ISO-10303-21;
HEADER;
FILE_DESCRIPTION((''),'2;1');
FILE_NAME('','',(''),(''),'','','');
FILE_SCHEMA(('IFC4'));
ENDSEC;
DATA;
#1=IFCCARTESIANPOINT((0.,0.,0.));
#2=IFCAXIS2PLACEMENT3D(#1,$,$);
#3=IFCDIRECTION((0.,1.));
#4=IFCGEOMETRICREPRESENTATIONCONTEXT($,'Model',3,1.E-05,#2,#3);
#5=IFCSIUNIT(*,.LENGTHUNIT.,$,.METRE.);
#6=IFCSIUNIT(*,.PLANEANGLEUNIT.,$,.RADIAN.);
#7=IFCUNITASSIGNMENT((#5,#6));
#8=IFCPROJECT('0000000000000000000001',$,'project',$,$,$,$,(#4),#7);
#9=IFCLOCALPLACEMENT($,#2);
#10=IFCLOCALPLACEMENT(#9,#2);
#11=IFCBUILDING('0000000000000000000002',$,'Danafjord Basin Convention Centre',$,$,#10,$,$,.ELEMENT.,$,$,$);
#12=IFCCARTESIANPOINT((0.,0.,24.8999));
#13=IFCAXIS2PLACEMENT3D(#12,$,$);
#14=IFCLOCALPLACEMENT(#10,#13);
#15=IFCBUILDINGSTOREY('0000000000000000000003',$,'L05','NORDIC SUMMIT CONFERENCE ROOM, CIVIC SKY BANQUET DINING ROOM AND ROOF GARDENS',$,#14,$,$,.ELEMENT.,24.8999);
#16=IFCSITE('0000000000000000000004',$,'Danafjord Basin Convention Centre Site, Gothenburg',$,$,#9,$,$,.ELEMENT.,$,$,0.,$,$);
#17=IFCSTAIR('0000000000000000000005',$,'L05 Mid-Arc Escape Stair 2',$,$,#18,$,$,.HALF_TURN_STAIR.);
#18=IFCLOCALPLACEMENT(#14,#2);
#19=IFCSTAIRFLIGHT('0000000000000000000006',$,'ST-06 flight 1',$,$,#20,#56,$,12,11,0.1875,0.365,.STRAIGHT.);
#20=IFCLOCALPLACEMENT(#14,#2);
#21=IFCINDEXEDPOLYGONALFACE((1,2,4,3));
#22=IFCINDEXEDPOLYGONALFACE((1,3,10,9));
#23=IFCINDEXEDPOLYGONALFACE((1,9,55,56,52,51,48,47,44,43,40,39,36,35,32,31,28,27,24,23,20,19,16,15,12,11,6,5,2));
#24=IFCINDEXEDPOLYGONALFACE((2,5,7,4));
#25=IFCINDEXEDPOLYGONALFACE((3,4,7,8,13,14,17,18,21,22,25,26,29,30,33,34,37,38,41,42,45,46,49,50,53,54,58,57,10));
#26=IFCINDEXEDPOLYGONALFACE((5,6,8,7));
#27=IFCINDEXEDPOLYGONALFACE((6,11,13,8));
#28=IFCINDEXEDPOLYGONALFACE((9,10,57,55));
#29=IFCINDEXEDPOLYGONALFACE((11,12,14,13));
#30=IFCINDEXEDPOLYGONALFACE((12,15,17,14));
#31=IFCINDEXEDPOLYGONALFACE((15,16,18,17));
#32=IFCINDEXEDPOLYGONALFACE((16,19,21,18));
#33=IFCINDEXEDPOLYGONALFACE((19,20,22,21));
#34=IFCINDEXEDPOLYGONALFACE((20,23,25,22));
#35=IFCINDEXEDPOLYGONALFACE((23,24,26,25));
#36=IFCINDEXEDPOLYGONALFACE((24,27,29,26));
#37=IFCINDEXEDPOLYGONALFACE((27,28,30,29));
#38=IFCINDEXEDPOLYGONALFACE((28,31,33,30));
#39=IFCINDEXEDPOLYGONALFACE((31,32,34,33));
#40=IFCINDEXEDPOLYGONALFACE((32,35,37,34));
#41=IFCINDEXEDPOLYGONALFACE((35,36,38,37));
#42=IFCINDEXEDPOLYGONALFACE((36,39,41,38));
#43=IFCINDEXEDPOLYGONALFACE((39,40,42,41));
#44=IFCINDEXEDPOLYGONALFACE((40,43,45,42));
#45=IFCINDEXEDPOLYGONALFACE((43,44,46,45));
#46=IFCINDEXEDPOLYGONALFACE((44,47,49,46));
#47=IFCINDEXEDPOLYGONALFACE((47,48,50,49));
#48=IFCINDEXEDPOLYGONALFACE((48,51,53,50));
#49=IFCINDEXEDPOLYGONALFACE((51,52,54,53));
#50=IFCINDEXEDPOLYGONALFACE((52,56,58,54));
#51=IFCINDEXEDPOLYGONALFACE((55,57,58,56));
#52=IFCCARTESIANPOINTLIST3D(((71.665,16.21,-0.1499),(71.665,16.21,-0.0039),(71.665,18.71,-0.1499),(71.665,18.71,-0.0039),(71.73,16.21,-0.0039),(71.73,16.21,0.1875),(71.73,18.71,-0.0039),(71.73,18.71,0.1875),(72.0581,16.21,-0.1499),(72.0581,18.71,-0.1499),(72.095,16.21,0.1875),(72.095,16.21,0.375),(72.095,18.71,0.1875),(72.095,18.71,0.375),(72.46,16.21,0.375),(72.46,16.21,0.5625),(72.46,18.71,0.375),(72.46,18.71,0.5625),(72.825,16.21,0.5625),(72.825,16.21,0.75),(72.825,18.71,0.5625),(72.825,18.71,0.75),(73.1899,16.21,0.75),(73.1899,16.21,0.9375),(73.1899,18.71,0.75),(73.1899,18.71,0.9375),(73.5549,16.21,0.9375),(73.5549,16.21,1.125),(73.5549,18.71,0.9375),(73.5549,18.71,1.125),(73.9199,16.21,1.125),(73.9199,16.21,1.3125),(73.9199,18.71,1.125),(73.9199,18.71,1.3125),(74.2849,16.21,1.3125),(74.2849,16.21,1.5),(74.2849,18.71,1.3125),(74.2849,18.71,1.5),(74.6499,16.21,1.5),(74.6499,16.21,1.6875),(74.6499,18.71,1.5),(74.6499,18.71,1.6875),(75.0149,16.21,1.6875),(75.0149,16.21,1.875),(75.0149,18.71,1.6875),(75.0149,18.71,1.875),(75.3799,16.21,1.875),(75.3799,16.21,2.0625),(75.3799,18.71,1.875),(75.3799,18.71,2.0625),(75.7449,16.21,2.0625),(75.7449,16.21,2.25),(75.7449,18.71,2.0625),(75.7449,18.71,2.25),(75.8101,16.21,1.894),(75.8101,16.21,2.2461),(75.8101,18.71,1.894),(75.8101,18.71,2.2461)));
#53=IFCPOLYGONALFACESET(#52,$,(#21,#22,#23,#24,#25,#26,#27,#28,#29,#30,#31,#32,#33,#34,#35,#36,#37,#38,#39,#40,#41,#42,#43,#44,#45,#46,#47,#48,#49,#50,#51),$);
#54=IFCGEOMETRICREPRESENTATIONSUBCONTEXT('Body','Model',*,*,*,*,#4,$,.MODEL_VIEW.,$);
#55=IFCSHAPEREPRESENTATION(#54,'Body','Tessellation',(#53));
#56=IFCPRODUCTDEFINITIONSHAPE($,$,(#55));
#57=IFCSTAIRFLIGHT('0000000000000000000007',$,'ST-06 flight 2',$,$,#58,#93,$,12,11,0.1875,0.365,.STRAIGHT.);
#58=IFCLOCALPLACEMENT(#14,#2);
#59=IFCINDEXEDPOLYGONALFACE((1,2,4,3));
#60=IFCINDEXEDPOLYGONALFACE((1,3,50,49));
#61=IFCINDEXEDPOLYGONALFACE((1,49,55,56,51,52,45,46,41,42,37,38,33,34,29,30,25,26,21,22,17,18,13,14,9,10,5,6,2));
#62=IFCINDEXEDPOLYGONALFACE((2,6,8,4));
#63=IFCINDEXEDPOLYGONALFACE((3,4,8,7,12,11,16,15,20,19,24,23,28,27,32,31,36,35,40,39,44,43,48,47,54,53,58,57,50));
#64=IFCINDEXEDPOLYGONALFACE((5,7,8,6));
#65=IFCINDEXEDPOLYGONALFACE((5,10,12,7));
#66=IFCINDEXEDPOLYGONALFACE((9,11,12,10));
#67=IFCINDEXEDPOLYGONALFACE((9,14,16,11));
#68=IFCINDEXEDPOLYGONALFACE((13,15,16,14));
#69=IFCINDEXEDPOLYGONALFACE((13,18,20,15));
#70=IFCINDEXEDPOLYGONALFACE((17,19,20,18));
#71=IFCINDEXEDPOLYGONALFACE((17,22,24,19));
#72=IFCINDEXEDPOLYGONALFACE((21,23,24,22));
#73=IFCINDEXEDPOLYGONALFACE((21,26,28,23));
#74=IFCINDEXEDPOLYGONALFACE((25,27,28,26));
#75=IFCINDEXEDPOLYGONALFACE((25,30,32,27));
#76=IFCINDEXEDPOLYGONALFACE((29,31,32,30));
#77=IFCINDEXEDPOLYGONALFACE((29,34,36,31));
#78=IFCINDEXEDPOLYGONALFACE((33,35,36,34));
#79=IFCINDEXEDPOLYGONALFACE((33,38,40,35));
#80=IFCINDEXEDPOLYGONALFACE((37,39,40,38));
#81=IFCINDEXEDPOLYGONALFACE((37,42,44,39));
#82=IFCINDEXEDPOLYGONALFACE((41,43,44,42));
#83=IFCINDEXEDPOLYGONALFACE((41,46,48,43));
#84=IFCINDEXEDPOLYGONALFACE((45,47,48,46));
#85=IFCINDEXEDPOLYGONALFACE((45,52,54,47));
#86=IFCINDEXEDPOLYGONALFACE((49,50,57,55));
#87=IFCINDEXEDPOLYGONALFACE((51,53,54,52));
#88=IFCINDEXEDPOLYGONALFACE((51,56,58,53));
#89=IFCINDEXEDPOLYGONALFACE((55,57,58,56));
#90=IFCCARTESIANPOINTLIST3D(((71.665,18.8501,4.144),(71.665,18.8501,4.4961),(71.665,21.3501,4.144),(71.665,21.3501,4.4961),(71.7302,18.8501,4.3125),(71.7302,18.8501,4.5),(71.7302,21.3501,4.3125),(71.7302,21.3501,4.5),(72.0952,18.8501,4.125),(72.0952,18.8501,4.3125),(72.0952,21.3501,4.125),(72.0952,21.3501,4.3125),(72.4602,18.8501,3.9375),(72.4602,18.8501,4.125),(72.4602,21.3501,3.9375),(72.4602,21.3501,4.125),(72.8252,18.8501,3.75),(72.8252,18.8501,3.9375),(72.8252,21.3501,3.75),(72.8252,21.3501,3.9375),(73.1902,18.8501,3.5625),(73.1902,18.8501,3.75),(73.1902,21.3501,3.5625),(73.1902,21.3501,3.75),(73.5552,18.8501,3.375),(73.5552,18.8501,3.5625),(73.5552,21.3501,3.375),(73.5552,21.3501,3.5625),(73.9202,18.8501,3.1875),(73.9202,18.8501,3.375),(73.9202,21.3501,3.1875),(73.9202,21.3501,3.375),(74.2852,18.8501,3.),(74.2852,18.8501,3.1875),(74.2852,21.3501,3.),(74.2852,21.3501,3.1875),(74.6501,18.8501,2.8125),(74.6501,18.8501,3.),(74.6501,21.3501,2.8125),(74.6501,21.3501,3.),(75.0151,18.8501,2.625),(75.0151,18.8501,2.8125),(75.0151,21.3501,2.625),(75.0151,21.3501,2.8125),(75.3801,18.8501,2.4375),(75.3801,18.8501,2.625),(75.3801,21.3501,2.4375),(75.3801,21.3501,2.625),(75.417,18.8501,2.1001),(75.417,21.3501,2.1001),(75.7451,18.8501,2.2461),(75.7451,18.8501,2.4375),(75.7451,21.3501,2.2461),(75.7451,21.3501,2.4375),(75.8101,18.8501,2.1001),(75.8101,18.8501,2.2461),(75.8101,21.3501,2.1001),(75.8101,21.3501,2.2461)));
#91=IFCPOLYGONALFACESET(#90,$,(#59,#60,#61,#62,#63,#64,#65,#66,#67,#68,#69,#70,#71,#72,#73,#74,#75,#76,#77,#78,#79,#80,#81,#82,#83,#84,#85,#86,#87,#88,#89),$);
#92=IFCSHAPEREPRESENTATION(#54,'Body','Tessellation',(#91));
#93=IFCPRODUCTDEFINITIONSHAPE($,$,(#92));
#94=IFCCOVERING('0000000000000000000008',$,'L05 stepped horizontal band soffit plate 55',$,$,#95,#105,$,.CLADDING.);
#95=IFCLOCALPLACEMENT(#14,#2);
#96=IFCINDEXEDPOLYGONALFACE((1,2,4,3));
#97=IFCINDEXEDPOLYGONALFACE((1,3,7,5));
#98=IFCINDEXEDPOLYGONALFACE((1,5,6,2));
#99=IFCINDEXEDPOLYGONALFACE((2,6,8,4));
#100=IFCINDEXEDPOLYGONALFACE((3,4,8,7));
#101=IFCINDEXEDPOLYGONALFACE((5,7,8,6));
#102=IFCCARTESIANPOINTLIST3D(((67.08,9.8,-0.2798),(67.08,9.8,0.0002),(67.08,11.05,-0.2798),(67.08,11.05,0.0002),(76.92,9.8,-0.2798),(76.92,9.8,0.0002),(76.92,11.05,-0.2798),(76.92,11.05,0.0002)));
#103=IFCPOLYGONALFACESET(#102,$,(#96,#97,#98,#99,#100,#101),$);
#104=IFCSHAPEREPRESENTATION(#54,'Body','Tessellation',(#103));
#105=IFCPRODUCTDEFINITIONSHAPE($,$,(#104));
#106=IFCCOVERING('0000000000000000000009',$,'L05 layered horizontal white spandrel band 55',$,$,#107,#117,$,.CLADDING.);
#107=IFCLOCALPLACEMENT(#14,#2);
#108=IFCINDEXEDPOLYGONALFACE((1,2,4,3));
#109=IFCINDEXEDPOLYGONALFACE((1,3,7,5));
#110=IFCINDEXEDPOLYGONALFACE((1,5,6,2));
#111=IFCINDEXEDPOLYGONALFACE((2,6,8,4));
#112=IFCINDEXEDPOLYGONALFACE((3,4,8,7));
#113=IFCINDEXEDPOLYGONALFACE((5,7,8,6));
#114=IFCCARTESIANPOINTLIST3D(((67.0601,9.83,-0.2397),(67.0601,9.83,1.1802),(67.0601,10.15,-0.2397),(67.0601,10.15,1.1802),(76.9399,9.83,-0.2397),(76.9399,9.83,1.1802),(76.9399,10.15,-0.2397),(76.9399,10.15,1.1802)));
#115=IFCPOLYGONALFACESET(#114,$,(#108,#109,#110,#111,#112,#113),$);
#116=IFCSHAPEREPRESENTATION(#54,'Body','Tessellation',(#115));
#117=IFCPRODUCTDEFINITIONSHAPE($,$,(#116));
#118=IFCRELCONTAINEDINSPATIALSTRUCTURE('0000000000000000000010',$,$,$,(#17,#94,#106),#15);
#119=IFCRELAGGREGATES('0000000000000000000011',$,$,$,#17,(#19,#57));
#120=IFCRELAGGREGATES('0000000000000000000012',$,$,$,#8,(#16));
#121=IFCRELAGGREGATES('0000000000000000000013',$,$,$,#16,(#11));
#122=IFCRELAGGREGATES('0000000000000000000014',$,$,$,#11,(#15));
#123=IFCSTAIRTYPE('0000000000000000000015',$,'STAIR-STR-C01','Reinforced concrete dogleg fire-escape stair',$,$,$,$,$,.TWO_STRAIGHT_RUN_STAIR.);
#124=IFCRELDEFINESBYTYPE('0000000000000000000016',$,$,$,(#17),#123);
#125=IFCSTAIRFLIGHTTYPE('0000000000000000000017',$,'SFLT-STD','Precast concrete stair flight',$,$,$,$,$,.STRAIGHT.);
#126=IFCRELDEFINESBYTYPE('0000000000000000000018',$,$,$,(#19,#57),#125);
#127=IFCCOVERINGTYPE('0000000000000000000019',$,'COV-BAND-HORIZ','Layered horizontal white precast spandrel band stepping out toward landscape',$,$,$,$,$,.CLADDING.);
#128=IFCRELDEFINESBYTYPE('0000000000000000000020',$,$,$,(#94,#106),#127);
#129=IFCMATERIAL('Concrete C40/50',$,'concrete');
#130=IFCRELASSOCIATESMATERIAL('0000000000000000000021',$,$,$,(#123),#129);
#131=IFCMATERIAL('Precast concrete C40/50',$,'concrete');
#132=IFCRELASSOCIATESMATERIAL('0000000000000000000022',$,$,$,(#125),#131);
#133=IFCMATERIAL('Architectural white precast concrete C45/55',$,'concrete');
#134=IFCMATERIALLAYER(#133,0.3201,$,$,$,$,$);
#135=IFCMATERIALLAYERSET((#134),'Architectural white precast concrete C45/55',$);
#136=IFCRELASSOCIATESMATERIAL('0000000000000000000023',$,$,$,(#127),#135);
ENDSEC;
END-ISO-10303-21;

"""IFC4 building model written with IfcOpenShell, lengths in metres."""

from ifc_helpers import new_model, si_unit, direction, frame, origin, origin_2d, place, context, subcontext, project, spatial, polyline, rectangle, outline, extrude, material, layer, layer_set, type_object, element, aggregate, save


model = new_model("IFC4")

# Units and contexts
model_context = context("Model", 3, precision=1e-05, world=origin(), true_north=direction((0.0, 1.0)))
body_context = subcontext(model_context, "Body", "Model", "MODEL_VIEW")
ifc_project = project(units=[si_unit("LENGTHUNIT", "METRE"), si_unit("PLANEANGLEUNIT", "RADIAN")], contexts=[model_context])

# Site, building, storey
site_placement = place(None, origin())
site = spatial("IfcSite", under=ifc_project, at=site_placement, Name="Danafjord Basin Convention Centre Site, Gothenburg", CompositionType="ELEMENT", RefElevation=0.0)
building_placement = place(site_placement, origin())
building = spatial("IfcBuilding", under=site, at=building_placement, Name="Danafjord Basin Convention Centre", CompositionType="ELEMENT")
storey_placement = place(building_placement, frame((0.0, 0.0, 24.8999)))
storey = spatial("IfcBuildingStorey", under=building, at=storey_placement, Name="L05", Description="NORDIC SUMMIT CONFERENCE ROOM, CIVIC SKY BANQUET DINING ROOM AND ROOF GARDENS", CompositionType="ELEMENT", Elevation=24.8999)

# Stair, stair flights
ifc_material_1 = material(Name="Concrete C40/50", Category="concrete")
stair_type = type_object("IfcStairType", Name="STAIR-STR-C01", Description="Reinforced concrete dogleg fire-escape stair", PredefinedType="TWO_STRAIGHT_RUN_STAIR", material=ifc_material_1)
stair_placement = place(storey_placement, origin())
stair = element("IfcStair", 1, at=stair_placement, inside=storey, type_object=stair_type, Name="L05 Mid-Arc Escape Stair 2", PredefinedType="HALF_TURN_STAIR")
ifc_material_2 = material(Name="Precast concrete C40/50", Category="concrete")
stair_flight_type = type_object("IfcStairFlightType", Name="SFLT-STD", Description="Precast concrete stair flight", PredefinedType="STRAIGHT", material=ifc_material_2)
stair_flight_1_placement = place(storey_placement, frame((71.73, 17.46, 0.0), z_axis=(0.0, 0.0, 1.0), x_axis=(1.0, 0.0, 0.0)))
stair_flight_1 = element("IfcStairFlight", 2, at=stair_flight_1_placement, type_object=stair_flight_type, Name="ST-06 flight 1", NumberOfRisers=12, NumberOfTreads=11, PredefinedType="STRAIGHT", RiserHeight=0.1875, TreadLength=0.365, context=body_context, shape_type="SweptSolid", body=[
    extrude(outline(polyline([(-0.0649, -0.1499), (-0.0649, -0.0039), (0.0, -0.0039), (0.0, 0.1875), (0.365, 0.1875), (0.365, 0.375), (0.73, 0.375), (0.73, 0.5625), (1.095, 0.5625), (1.095, 0.75), (1.46, 0.75), (1.46, 0.9375), (1.825, 0.9375), (1.825, 1.125), (2.1899, 1.125), (2.1899, 1.3125), (2.5549, 1.3125), (2.5549, 1.5), (2.9199, 1.5), (2.9199, 1.6875), (3.2849, 1.6875), (3.2849, 1.875), (3.6499, 1.875), (3.6499, 2.0625), (4.0149, 2.0625), (4.0149, 2.25), (4.0801, 2.2461), (4.0801, 1.894), (0.3281, -0.1499), (-0.0649, -0.1499)])), frame((0.0, 1.25, 0.0), z_axis=(0.0, -1.0, 0.0), x_axis=(1.0, 0.0, 0.0)), (0.0, 0.0, 1.0), 2.5),
])
stair_flight_2_placement = place(storey_placement, frame((75.7451, 20.1001, 2.25), z_axis=(0.0, 0.0, 1.0), x_axis=(-1.0, 0.0, 0.0)))
stair_flight_2 = element("IfcStairFlight", 3, at=stair_flight_2_placement, type_object=stair_flight_type, Name="ST-06 flight 2", NumberOfRisers=12, NumberOfTreads=11, PredefinedType="STRAIGHT", RiserHeight=0.1875, TreadLength=0.365, context=body_context, shape_type="SweptSolid", body=[
    extrude(outline(polyline([(-0.0649, -0.1499), (-0.0649, -0.0039), (0.0, -0.0039), (0.0, 0.1875), (0.365, 0.1875), (0.365, 0.375), (0.73, 0.375), (0.73, 0.5625), (1.095, 0.5625), (1.095, 0.75), (1.46, 0.75), (1.46, 0.9375), (1.825, 0.9375), (1.825, 1.125), (2.1899, 1.125), (2.1899, 1.3125), (2.5549, 1.3125), (2.5549, 1.5), (2.9199, 1.5), (2.9199, 1.6875), (3.2849, 1.6875), (3.2849, 1.875), (3.6499, 1.875), (3.6499, 2.0625), (4.0149, 2.0625), (4.0149, 2.25), (4.0801, 2.2461), (4.0801, 1.894), (0.3281, -0.1499), (-0.0649, -0.1499)])), frame((0.0, 1.25, 0.0), z_axis=(0.0, -1.0, 0.0), x_axis=(1.0, 0.0, 0.0)), (0.0, 0.0, 1.0), 2.5),
])
aggregate(stair, [stair_flight_1, stair_flight_2])

# Coverings
ifc_material_3 = material(Name="Architectural white precast concrete C45/55", Category="concrete")
ifc_layer_1 = layer(ifc_material_3, 0.3201)
ifc_layer_set_1 = layer_set([ifc_layer_1], Name="Architectural white precast concrete C45/55")
covering_type = type_object("IfcCoveringType", Name="COV-BAND-HORIZ", Description="Layered horizontal white precast spandrel band stepping out toward landscape", PredefinedType="CLADDING", material=ifc_layer_set_1)
covering_1_placement = place(storey_placement, frame((72.0, 10.425, -0.2798), z_axis=(0.0, 0.0, 1.0), x_axis=(1.0, 0.0, 0.0)))
element("IfcCovering", 4, at=covering_1_placement, inside=storey, type_object=covering_type, Name="L05 stepped horizontal band soffit plate 55", PredefinedType="CLADDING", context=body_context, shape_type="SweptSolid", body=[
    extrude(rectangle(XDim=9.8401, YDim=1.25, at=origin_2d()), origin(), (0.0, 0.0, 1.0), 0.28),
])
covering_2_placement = place(storey_placement, frame((72.0, 9.99, -0.2397), z_axis=(0.0, 0.0, 1.0), x_axis=(1.0, 0.0, 0.0)))
element("IfcCovering", 5, at=covering_2_placement, inside=storey, type_object=covering_type, Name="L05 layered horizontal white spandrel band 55", PredefinedType="CLADDING", context=body_context, shape_type="SweptSolid", body=[
    extrude(rectangle(XDim=9.8799, YDim=0.3201, at=origin_2d()), origin(), (0.0, 0.0, 1.0), 1.4199),
])

save(model, "model.ifc")
